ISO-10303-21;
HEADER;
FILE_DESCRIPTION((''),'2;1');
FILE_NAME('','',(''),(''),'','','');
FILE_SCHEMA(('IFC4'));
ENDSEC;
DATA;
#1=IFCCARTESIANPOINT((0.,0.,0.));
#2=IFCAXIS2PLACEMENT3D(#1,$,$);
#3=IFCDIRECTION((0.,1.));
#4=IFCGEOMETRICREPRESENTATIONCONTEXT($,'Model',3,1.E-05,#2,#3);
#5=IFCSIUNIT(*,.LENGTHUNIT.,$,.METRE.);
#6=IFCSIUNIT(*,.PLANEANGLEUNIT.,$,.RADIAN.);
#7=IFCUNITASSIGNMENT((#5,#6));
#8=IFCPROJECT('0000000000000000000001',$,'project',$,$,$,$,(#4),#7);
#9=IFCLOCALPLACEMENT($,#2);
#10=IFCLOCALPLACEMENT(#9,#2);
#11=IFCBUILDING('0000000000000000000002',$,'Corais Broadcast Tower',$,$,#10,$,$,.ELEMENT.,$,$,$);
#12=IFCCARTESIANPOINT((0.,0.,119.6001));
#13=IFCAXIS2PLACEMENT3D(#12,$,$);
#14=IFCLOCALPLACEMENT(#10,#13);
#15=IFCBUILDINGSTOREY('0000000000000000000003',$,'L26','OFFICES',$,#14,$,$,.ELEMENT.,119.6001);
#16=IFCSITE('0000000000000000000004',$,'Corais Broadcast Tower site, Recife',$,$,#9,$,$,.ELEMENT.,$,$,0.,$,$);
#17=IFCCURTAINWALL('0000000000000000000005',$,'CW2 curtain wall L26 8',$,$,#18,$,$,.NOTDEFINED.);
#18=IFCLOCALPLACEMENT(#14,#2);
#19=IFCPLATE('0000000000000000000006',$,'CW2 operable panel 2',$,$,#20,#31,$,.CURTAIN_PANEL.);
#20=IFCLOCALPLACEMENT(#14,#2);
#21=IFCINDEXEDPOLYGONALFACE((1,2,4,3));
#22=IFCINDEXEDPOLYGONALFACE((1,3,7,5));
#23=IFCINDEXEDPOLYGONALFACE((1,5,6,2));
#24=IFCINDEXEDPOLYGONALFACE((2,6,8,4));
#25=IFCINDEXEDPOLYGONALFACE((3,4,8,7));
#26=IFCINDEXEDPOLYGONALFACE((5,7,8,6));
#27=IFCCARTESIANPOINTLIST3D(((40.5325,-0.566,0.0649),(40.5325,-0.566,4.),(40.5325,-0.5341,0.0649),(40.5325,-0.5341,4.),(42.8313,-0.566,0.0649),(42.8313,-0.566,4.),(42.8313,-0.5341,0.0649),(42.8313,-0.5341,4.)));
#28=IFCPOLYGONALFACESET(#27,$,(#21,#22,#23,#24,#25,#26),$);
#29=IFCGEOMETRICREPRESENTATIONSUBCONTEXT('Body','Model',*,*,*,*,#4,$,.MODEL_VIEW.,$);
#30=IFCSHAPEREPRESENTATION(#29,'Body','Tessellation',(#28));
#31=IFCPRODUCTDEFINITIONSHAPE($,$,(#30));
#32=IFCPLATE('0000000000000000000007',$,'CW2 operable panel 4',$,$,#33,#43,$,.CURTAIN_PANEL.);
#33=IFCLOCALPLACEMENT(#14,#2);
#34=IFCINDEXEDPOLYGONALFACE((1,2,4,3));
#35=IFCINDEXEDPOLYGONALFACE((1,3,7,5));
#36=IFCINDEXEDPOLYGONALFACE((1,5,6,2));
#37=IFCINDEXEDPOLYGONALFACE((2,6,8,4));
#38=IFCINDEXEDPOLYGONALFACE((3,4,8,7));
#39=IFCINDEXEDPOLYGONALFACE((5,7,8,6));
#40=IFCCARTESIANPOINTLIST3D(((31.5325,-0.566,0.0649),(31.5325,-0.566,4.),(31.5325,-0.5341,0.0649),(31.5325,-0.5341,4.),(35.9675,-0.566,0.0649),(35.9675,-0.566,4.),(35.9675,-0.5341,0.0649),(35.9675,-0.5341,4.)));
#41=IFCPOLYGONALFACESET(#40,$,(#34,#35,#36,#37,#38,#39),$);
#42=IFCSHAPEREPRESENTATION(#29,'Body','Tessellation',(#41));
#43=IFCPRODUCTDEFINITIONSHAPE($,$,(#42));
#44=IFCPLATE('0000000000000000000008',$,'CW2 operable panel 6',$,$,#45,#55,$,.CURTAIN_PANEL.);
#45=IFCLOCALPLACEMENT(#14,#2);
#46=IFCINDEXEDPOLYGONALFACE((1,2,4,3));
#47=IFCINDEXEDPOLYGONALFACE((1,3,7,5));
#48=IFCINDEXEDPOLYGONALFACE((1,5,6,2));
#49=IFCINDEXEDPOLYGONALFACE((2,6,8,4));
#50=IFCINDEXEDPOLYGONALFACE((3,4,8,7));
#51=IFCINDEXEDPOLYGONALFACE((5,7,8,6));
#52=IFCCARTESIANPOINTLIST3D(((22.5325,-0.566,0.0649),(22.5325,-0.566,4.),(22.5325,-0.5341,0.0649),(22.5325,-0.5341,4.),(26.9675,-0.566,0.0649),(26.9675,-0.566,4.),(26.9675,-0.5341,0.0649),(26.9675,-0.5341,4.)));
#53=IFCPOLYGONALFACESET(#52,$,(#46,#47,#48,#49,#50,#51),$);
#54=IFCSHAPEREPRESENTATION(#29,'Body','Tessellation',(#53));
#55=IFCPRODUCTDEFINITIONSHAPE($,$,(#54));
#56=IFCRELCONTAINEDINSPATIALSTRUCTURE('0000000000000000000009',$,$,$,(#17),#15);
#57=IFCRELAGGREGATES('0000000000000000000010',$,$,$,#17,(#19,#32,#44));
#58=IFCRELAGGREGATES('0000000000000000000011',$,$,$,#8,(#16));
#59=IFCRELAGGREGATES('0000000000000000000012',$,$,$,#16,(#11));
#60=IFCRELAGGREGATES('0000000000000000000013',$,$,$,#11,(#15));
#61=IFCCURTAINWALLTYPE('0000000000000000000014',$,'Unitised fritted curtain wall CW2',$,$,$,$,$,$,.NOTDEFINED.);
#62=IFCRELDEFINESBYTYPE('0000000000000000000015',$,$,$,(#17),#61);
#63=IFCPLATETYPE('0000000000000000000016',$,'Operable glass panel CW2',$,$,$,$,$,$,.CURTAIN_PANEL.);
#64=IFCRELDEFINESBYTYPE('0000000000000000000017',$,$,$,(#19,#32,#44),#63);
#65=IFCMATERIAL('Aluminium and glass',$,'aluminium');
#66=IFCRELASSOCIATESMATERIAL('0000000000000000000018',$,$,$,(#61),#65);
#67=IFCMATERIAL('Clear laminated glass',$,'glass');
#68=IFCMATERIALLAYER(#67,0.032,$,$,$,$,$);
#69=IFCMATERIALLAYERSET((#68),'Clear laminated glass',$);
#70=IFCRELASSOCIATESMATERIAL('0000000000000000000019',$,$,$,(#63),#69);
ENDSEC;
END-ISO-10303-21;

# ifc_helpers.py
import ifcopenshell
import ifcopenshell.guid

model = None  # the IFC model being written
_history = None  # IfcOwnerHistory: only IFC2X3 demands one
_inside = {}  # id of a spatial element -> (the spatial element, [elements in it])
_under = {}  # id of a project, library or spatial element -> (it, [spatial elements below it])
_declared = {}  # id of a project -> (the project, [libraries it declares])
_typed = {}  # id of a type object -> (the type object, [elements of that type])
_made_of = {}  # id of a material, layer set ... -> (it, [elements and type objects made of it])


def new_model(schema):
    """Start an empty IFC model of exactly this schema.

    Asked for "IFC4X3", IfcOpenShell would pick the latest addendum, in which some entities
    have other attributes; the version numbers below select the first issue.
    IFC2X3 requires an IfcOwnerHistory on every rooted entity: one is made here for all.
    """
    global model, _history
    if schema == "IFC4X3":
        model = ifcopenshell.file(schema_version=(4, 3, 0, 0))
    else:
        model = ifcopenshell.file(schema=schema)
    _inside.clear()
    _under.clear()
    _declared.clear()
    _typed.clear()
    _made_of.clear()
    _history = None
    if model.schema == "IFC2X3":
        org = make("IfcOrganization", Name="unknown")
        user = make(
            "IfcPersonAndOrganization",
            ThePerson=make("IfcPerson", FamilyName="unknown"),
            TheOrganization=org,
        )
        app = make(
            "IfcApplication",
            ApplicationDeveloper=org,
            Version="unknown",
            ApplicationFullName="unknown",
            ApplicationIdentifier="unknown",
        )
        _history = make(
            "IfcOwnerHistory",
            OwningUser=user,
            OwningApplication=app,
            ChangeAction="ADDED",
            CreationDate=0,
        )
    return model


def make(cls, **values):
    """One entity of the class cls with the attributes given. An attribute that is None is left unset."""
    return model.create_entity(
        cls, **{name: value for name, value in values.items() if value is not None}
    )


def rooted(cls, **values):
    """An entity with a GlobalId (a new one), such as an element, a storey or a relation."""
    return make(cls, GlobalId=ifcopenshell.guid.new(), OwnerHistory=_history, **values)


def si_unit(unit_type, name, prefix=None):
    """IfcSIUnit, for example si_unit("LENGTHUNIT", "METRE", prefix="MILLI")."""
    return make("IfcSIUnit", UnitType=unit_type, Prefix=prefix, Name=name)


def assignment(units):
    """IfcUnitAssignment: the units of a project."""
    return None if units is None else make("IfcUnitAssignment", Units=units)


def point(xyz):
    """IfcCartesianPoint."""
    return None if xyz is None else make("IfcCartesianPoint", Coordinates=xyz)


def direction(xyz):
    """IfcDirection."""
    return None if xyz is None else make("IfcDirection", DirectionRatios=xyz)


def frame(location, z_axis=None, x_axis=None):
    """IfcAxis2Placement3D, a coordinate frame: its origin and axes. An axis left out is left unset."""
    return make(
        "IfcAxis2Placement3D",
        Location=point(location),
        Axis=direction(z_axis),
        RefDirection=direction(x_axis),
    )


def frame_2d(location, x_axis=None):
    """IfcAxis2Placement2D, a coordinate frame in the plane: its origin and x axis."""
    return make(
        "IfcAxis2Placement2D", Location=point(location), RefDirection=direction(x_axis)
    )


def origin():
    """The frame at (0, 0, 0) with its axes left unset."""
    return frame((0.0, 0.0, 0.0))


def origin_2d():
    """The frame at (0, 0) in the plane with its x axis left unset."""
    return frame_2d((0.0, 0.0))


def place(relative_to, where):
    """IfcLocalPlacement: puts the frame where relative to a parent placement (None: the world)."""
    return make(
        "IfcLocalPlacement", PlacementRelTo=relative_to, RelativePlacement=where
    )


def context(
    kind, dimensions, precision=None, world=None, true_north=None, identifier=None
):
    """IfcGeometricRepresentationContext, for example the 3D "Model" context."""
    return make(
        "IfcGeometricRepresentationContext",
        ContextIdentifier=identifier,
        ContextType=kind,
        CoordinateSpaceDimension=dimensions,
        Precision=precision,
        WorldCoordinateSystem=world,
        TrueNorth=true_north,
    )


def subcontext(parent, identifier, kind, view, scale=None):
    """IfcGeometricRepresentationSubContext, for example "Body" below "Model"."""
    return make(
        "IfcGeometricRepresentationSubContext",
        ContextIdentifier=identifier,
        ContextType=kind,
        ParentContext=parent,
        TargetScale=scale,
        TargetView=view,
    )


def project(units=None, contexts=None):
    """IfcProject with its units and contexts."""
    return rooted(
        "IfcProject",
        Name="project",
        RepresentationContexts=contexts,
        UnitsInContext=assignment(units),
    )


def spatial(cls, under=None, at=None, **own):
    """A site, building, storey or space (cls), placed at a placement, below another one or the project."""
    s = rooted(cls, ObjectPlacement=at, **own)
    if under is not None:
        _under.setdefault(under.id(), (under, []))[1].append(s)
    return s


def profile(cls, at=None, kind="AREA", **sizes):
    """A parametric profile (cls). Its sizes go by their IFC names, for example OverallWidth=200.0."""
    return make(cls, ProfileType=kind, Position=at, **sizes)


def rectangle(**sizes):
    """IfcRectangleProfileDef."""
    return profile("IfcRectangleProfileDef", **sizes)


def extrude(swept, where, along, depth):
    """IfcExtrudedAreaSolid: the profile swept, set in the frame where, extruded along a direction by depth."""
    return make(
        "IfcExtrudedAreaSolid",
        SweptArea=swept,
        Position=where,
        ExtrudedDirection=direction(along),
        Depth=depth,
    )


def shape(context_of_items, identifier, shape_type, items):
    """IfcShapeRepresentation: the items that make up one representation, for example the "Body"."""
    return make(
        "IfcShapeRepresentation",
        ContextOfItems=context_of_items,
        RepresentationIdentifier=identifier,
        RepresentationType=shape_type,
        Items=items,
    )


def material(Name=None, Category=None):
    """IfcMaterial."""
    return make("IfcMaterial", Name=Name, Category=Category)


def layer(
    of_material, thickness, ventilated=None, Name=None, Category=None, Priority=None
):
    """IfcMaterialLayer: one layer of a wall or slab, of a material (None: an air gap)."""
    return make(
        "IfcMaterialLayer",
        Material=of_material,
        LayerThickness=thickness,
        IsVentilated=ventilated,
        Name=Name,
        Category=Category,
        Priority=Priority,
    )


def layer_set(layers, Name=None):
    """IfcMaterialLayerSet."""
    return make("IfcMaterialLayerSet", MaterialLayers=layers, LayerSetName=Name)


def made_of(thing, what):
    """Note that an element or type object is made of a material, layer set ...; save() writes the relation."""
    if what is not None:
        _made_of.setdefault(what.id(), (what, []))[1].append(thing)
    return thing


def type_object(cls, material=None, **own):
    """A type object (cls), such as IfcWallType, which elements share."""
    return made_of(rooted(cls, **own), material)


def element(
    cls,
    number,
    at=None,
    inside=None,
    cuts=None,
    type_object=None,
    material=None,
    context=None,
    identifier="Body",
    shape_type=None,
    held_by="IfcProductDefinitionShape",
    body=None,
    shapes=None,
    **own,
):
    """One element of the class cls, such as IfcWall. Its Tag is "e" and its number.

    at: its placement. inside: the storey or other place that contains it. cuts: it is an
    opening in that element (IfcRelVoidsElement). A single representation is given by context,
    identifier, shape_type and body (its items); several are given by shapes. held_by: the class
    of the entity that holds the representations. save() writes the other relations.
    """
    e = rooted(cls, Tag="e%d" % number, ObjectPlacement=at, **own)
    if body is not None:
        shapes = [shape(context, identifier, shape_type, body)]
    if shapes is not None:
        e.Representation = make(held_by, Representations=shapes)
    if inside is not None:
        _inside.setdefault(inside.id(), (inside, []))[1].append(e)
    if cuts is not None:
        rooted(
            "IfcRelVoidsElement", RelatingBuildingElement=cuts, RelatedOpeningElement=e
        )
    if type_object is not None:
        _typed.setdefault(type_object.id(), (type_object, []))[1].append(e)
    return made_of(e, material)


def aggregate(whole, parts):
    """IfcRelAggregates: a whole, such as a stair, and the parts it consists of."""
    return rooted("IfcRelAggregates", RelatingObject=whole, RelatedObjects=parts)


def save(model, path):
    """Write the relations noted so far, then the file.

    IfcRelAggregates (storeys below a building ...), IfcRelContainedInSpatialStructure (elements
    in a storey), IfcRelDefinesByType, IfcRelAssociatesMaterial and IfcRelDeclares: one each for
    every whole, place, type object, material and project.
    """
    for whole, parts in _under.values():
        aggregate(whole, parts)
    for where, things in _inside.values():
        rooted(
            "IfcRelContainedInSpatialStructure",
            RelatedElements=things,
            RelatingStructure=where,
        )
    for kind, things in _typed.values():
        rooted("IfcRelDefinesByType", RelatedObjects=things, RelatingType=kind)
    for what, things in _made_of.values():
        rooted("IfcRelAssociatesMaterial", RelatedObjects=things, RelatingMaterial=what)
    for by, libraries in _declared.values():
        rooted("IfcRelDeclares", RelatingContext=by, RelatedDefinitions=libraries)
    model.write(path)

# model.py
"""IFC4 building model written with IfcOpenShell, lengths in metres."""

from ifc_helpers import new_model, si_unit, direction, frame, origin, origin_2d, place, context, subcontext, project, spatial, rectangle, extrude, material, layer, layer_set, type_object, element, aggregate, save


model = new_model("IFC4")

# Units and contexts
model_context = context("Model", 3, precision=1e-05, world=origin(), true_north=direction((0.0, 1.0)))
body_context = subcontext(model_context, "Body", "Model", "MODEL_VIEW")
ifc_project = project(units=[si_unit("LENGTHUNIT", "METRE"), si_unit("PLANEANGLEUNIT", "RADIAN")], contexts=[model_context])

# Site, building, storey
site_placement = place(None, origin())
site = spatial("IfcSite", under=ifc_project, at=site_placement, Name="Corais Broadcast Tower site, Recife", CompositionType="ELEMENT", RefElevation=0.0)
building_placement = place(site_placement, origin())
building = spatial("IfcBuilding", under=site, at=building_placement, Name="Corais Broadcast Tower", CompositionType="ELEMENT")
storey_placement = place(building_placement, frame((0.0, 0.0, 119.6001)))
storey = spatial("IfcBuildingStorey", under=building, at=storey_placement, Name="L26", Description="OFFICES", CompositionType="ELEMENT", Elevation=119.6001)

# Curtain wall
ifc_material_1 = material(Name="Aluminium and glass", Category="aluminium")
curtain_wall_type = type_object("IfcCurtainWallType", Name="Unitised fritted curtain wall CW2", PredefinedType="NOTDEFINED", material=ifc_material_1)
curtain_wall_placement = place(storey_placement, origin())
curtain_wall = element("IfcCurtainWall", 1, at=curtain_wall_placement, inside=storey, type_object=curtain_wall_type, Name="CW2 curtain wall L26 8", PredefinedType="NOTDEFINED")

# Plates
ifc_material_2 = material(Name="Clear laminated glass", Category="glass")
ifc_layer_1 = layer(ifc_material_2, 0.032)
ifc_layer_set_1 = layer_set([ifc_layer_1], Name="Clear laminated glass")
plate_type_1 = type_object("IfcPlateType", Name="Operable glass panel CW2", PredefinedType="CURTAIN_PANEL", material=ifc_layer_set_1)
plate_1_placement = place(storey_placement, frame((41.6819, -0.55, 0.0649), z_axis=(0.0, 0.0, 1.0), x_axis=(-1.0, 0.0, 0.0)))
plate_1 = element("IfcPlate", 2, at=plate_1_placement, type_object=plate_type_1, Name="CW2 operable panel 2", PredefinedType="CURTAIN_PANEL", context=body_context, shape_type="SweptSolid", body=[
    extrude(rectangle(XDim=2.2988, YDim=0.032, at=origin_2d()), origin(), (0.0, 0.0, 1.0), 3.9351),
])
plate_2_placement = place(storey_placement, frame((33.75, -0.55, 0.0649), z_axis=(0.0, 0.0, 1.0), x_axis=(-1.0, 0.0, 0.0)))
plate_2 = element("IfcPlate", 3, at=plate_2_placement, type_object=plate_type_1, Name="CW2 operable panel 4", PredefinedType="CURTAIN_PANEL", context=body_context, shape_type="SweptSolid", body=[
    extrude(rectangle(XDim=4.4351, YDim=0.032, at=origin_2d()), origin(), (0.0, 0.0, 1.0), 3.9351),
])
plate_3_placement = place(storey_placement, frame((24.75, -0.55, 0.0649), z_axis=(0.0, 0.0, 1.0), x_axis=(-1.0, 0.0, 0.0)))
plate_3 = element("IfcPlate", 4, at=plate_3_placement, type_object=plate_type_1, Name="CW2 operable panel 6", PredefinedType="CURTAIN_PANEL", context=body_context, shape_type="SweptSolid", body=[
    extrude(rectangle(XDim=4.4351, YDim=0.032, at=origin_2d()), origin(), (0.0, 0.0, 1.0), 3.9351),
])
aggregate(curtain_wall, [plate_1, plate_2, plate_3])

save(model, "model.ifc")
